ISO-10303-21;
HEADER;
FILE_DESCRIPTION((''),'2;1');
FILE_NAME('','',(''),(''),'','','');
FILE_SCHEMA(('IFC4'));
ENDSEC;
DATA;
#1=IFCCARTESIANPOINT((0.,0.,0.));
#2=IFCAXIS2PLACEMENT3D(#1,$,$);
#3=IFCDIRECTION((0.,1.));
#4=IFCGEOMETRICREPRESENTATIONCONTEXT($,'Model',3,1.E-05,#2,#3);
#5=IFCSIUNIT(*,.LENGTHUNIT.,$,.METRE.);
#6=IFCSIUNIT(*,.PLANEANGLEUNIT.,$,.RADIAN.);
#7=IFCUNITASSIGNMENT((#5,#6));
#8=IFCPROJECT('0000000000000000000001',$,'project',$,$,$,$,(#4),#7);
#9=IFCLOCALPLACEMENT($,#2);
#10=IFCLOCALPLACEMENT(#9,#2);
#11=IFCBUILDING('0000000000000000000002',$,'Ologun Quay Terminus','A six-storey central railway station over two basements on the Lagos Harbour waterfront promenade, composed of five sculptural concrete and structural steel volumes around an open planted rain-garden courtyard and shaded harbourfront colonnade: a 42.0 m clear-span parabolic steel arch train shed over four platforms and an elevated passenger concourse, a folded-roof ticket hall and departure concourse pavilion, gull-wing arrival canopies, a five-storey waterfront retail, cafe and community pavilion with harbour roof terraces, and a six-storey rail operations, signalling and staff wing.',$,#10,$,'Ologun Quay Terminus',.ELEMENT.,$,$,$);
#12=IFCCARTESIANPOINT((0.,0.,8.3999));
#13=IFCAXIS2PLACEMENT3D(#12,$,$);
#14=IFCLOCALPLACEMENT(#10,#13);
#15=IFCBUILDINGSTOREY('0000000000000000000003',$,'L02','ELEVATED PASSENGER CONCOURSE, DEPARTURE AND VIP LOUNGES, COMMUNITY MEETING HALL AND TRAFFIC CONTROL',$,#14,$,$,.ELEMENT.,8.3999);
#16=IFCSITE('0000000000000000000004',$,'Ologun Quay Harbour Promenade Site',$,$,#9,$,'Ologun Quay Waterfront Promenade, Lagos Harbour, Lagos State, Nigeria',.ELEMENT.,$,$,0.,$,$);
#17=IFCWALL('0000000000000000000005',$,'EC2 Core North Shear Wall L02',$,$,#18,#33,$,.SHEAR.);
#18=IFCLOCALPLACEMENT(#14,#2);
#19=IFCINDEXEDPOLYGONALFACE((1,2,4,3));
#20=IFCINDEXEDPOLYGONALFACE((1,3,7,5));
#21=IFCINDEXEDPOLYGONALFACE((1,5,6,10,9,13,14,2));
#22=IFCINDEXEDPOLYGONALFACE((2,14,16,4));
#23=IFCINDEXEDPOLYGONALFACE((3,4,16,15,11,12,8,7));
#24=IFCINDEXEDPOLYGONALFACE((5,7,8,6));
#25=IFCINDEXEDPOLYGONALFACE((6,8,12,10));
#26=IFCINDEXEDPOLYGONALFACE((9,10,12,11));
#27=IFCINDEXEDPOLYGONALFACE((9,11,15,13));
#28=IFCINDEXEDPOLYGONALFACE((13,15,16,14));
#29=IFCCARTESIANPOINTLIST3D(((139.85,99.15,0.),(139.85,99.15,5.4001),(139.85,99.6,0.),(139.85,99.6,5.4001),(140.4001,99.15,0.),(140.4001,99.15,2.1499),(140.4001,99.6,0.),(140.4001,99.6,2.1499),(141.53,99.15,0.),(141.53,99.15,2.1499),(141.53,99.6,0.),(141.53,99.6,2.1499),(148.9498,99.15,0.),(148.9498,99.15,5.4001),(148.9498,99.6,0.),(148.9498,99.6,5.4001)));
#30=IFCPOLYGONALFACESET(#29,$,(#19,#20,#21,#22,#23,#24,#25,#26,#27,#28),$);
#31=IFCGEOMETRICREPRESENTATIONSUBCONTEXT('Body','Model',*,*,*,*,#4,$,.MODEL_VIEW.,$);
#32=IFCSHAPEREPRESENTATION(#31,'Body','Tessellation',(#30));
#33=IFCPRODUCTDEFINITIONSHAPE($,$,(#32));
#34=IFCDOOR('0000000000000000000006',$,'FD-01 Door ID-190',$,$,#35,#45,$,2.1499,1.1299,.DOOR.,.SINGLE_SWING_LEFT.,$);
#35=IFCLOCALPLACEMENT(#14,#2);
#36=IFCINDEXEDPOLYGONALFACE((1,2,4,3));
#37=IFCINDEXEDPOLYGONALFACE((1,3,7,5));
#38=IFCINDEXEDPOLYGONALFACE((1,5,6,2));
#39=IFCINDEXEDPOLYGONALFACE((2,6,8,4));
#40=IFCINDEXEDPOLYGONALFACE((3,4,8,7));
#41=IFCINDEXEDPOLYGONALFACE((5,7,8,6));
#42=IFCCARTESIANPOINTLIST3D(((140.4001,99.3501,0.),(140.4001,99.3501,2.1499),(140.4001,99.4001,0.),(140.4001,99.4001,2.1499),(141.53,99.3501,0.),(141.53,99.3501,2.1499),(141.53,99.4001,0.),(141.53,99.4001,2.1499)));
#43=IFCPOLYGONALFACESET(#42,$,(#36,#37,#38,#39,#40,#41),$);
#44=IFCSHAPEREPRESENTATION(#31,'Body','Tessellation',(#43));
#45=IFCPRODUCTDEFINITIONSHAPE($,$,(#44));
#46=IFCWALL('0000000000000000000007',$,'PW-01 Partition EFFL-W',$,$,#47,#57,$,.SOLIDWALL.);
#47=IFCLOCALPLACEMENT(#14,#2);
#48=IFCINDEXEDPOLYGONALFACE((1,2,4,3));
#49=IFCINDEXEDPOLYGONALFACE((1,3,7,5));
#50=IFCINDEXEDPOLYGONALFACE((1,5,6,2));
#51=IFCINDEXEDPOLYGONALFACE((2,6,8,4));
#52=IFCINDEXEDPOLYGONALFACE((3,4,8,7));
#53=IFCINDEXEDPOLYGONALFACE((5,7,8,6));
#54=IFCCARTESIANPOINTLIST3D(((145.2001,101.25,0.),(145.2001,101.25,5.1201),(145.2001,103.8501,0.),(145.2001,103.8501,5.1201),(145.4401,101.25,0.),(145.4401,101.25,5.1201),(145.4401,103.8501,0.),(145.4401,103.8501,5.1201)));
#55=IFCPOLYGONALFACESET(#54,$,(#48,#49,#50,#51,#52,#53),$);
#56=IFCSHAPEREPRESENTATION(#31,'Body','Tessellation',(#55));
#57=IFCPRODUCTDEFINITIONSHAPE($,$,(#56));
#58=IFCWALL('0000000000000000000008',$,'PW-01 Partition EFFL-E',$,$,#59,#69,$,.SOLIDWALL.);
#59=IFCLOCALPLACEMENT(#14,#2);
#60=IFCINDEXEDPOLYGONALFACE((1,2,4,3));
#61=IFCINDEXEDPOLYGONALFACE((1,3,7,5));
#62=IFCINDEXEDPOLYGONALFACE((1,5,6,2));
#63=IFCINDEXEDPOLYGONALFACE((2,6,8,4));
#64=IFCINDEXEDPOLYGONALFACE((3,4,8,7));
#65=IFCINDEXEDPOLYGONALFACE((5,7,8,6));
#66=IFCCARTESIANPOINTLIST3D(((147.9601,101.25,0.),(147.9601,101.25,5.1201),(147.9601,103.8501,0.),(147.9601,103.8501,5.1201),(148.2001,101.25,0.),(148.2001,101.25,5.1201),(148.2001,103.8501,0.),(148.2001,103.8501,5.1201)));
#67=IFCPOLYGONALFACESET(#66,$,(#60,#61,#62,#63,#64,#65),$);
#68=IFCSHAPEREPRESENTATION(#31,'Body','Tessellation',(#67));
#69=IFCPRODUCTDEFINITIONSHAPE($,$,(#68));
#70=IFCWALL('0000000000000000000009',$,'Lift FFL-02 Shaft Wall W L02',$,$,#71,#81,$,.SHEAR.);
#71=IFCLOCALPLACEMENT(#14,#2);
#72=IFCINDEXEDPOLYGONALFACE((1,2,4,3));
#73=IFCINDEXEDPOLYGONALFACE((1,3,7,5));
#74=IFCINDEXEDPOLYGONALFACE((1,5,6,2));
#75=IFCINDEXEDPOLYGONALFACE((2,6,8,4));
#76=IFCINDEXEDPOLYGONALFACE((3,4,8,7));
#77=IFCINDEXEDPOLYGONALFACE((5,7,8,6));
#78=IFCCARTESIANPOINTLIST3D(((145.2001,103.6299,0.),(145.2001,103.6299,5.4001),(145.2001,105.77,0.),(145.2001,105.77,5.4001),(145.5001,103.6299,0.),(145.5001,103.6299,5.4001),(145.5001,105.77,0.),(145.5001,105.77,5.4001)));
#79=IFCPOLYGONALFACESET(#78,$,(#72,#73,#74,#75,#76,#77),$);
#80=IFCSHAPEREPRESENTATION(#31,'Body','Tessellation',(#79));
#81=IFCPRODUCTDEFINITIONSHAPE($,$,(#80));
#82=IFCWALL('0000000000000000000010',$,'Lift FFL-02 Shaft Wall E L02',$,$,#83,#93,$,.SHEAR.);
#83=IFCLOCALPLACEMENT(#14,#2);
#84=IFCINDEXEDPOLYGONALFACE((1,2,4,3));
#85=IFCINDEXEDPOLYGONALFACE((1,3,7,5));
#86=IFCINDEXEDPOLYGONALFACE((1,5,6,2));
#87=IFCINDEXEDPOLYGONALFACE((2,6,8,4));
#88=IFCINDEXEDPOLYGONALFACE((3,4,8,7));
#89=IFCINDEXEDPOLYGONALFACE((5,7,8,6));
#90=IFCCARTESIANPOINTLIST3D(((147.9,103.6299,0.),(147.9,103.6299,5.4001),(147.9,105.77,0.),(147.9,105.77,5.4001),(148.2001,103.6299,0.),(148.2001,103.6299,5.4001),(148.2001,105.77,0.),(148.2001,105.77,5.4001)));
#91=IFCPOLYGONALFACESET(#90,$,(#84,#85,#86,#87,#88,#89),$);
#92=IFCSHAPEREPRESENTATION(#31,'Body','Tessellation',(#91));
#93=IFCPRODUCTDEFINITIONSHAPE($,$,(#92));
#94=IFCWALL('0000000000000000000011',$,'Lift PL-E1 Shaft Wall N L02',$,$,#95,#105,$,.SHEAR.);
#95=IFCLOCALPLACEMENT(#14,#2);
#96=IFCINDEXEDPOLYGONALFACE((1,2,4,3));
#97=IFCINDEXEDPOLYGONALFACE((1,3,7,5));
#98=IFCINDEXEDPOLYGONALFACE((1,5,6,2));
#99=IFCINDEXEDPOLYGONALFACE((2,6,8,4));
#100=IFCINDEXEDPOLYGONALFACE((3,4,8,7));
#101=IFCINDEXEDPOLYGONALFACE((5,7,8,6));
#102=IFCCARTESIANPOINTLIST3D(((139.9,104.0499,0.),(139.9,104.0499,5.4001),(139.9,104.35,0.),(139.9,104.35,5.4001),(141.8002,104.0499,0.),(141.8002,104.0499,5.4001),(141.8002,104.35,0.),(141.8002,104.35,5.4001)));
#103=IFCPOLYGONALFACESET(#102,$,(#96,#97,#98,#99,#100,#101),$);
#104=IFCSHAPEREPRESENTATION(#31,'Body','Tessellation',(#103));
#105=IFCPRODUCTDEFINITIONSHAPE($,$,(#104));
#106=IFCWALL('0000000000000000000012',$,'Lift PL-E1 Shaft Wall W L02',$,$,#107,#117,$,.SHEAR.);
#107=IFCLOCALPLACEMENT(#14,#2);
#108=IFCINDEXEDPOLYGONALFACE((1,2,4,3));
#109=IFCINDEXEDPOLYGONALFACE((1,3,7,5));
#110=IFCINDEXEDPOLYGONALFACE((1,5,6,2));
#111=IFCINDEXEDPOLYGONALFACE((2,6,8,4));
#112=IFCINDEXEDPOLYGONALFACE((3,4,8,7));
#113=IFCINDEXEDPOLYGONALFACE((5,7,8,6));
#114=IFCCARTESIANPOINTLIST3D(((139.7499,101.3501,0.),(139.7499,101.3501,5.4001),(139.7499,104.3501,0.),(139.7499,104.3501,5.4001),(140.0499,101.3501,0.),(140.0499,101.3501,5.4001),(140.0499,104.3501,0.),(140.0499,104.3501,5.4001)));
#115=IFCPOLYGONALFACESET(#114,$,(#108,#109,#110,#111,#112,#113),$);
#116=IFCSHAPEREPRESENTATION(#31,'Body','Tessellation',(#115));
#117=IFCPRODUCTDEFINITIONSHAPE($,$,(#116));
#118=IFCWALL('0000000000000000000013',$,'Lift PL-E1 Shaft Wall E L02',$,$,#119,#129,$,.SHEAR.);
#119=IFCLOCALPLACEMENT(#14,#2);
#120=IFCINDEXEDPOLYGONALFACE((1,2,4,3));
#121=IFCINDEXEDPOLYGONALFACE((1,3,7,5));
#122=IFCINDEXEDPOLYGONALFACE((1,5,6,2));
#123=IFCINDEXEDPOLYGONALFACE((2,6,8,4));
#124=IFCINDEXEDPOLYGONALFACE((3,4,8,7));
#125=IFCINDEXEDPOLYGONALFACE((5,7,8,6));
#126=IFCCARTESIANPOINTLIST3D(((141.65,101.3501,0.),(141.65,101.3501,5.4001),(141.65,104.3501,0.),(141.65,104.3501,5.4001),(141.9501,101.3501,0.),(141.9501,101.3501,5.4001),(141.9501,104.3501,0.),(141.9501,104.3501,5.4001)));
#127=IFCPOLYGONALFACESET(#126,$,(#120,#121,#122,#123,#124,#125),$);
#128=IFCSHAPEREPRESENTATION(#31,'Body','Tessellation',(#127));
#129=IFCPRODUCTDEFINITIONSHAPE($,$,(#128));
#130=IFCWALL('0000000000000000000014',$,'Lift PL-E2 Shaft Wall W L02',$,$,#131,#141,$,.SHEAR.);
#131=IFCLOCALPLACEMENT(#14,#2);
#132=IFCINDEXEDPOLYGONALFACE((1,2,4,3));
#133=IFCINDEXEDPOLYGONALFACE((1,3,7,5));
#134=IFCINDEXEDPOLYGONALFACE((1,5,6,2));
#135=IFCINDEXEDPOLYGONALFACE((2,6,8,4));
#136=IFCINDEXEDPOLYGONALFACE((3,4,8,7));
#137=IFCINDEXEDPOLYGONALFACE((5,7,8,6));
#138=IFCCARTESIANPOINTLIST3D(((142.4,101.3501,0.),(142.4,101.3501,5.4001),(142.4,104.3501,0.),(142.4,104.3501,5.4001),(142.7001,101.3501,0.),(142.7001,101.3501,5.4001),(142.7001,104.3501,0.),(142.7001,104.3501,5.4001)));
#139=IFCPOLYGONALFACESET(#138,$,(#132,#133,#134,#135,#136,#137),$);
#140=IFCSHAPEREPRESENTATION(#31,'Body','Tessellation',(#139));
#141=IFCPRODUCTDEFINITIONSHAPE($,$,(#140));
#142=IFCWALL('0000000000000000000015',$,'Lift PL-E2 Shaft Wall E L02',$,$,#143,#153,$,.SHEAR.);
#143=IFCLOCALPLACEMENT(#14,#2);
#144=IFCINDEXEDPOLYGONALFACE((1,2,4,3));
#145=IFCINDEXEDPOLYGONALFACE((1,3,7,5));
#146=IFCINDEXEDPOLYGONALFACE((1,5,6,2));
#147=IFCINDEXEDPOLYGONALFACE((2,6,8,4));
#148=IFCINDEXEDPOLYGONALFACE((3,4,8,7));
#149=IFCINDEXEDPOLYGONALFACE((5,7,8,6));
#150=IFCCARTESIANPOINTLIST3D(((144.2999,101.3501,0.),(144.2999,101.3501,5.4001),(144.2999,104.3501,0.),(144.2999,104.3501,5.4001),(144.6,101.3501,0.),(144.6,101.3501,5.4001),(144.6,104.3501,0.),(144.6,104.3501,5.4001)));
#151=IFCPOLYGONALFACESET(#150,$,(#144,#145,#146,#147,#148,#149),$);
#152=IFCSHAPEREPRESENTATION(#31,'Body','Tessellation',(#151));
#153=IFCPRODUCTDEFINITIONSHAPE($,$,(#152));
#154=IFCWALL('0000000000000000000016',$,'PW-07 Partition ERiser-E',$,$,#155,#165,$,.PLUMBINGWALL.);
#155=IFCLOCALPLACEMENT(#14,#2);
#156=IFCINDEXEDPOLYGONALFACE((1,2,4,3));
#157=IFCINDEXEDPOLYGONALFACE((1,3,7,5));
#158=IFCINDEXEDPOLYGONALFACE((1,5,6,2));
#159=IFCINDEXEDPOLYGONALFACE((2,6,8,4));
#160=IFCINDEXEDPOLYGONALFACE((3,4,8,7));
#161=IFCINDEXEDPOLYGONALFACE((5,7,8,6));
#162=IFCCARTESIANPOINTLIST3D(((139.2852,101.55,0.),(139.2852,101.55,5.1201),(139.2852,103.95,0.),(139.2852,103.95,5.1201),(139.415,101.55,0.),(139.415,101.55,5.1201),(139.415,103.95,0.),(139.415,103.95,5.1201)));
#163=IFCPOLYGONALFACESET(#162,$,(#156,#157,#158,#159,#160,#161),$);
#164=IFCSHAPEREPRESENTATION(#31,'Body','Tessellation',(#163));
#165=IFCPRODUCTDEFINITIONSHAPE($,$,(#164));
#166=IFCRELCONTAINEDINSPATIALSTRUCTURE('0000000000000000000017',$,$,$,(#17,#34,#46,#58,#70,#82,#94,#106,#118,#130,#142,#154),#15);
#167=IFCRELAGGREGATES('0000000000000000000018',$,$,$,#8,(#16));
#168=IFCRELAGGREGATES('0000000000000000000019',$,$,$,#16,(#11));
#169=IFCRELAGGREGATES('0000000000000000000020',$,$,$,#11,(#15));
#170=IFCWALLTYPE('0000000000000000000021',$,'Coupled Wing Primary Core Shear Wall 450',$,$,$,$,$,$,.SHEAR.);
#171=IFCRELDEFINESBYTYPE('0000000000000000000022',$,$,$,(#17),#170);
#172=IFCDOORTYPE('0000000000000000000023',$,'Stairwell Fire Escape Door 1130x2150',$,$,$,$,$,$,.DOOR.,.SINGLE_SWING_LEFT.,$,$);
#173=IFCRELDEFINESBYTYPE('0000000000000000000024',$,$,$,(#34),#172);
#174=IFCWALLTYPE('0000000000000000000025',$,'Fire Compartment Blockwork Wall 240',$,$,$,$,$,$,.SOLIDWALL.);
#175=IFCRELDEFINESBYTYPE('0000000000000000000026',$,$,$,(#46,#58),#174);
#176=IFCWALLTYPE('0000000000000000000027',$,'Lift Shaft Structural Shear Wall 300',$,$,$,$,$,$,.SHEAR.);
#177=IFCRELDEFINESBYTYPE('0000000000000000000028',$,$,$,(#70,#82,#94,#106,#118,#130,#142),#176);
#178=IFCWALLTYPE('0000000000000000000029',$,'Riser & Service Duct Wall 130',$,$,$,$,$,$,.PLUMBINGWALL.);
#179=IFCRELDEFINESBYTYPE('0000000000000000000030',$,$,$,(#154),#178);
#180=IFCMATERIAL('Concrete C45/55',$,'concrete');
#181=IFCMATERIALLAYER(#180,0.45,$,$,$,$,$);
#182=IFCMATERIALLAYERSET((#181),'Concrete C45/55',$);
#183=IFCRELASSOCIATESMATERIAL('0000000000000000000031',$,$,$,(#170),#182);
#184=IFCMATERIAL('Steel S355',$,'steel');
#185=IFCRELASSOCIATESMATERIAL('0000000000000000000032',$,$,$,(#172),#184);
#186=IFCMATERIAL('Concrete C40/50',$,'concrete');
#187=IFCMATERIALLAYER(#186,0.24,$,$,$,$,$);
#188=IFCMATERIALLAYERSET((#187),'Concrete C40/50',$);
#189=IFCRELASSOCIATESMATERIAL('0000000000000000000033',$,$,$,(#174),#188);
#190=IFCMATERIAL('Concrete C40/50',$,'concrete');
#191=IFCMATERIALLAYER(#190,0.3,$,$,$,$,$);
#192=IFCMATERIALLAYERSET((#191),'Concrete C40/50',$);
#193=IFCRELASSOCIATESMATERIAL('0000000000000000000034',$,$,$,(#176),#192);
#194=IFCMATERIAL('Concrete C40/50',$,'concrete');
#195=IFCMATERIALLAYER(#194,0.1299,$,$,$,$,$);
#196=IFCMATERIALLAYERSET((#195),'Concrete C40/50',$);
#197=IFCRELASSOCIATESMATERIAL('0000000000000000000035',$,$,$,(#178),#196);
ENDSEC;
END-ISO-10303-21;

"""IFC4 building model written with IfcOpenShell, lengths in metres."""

from ifc_helpers import new_model, si_unit, direction, frame, frame_2d, origin, place, context, subcontext, project, spatial, rectangle, extrude, material, layer, layer_set, type_object, element, fill, save


model = new_model("IFC4")

# Units and contexts
model_context = context("Model", 3, precision=1e-05, world=origin(), true_north=direction((0.0, 1.0)))
body_context = subcontext(model_context, "Body", "Model", "MODEL_VIEW")
ifc_project = project(units=[si_unit("LENGTHUNIT", "METRE"), si_unit("PLANEANGLEUNIT", "RADIAN")], contexts=[model_context])

# Site, building, storey
site_placement = place(None, origin())
site = spatial("IfcSite", under=ifc_project, at=site_placement, Name="Ologun Quay Harbour Promenade Site", LongName="Ologun Quay Waterfront Promenade, Lagos Harbour, Lagos State, Nigeria", CompositionType="ELEMENT", RefElevation=0.0)
building_placement = place(site_placement, origin())
building = spatial("IfcBuilding", under=site, at=building_placement, Name="Ologun Quay Terminus", Description="A six-storey central railway station over two basements on the Lagos Harbour waterfront promenade, composed of five sculptural concrete and structural steel volumes around an open planted rain-garden courtyard and shaded harbourfront colonnade: a 42.0 m clear-span parabolic steel arch train shed over four platforms and an elevated passenger concourse, a folded-roof ticket hall and departure concourse pavilion, gull-wing arrival canopies, a five-storey waterfront retail, cafe and community pavilion with harbour roof terraces, and a six-storey rail operations, signalling and staff wing.", LongName="Ologun Quay Terminus", CompositionType="ELEMENT")
storey_placement = place(building_placement, frame((0.0, 0.0, 8.3999)))
storey = spatial("IfcBuildingStorey", under=building, at=storey_placement, Name="L02", Description="ELEVATED PASSENGER CONCOURSE, DEPARTURE AND VIP LOUNGES, COMMUNITY MEETING HALL AND TRAFFIC CONTROL", CompositionType="ELEMENT", Elevation=8.3999)

# Wall, opening, door
ifc_material_1 = material(Name="Concrete C45/55", Category="concrete")
ifc_layer_1 = layer(ifc_material_1, 0.45)
ifc_layer_set_1 = layer_set([ifc_layer_1], Name="Concrete C45/55")
wall_type_1 = type_object("IfcWallType", Name="Coupled Wing Primary Core Shear Wall 450", PredefinedType="SHEAR", material=ifc_layer_set_1)
wall_1_placement = place(storey_placement, frame((139.8501, 99.375, 0.0), z_axis=(0.0, 0.0, 1.0), x_axis=(1.0, 0.0, 0.0)))
wall_1 = element("IfcWall", 1, at=wall_1_placement, inside=storey, type_object=wall_type_1, Name="EC2 Core North Shear Wall L02", PredefinedType="SHEAR", context=body_context, shape_type="SweptSolid", body=[
    extrude(rectangle(XDim=9.0999, YDim=0.45, at=frame_2d((4.5498, 0.0))), origin(), (0.0, 0.0, 1.0), 5.4001),
])
opening_1_placement = place(wall_1_placement, frame((0.55, 0.0, 0.0)))
opening_1 = element("IfcOpeningElement", 2, at=opening_1_placement, cuts=wall_1, PredefinedType="OPENING", context=body_context, shape_type="SweptSolid", body=[
    extrude(rectangle(XDim=1.1299, YDim=2.1499, at=frame_2d((0.5649, 1.075))), frame((0.0, 0.2349, 0.0), z_axis=(0.0, -1.0, 0.0), x_axis=(1.0, 0.0, 0.0)), (0.0, 0.0, 1.0), 0.47),
])
ifc_material_2 = material(Name="Steel S355", Category="steel")
door_type_1 = type_object("IfcDoorType", Name="Stairwell Fire Escape Door 1130x2150", OperationType="SINGLE_SWING_LEFT", PredefinedType="DOOR", material=ifc_material_2)
door_1_placement = place(opening_1_placement, frame((0.5649, 0.0, 0.0), z_axis=(0.0, 0.0, 1.0), x_axis=(-1.0, 0.0, 0.0)))
door_1 = element("IfcDoor", 3, at=door_1_placement, inside=storey, type_object=door_type_1, Name="FD-01 Door ID-190", OperationType="SINGLE_SWING_LEFT", OverallHeight=2.1499, OverallWidth=1.1299, PredefinedType="DOOR", context=body_context, shape_type="SweptSolid", body=[
    extrude(rectangle(XDim=1.1299, YDim=2.1499, at=frame_2d((0.0, 1.075))), frame((0.0, 0.0249, 0.0), z_axis=(0.0, -1.0, 0.0), x_axis=(1.0, 0.0, 0.0)), (0.0, 0.0, 1.0), 0.05),
])
fill(opening_1, door_1)
ifc_material_3 = material(Name="Concrete C40/50", Category="concrete")
ifc_layer_2 = layer(ifc_material_3, 0.24)
ifc_layer_set_2 = layer_set([ifc_layer_2], Name="Concrete C40/50")
wall_type_2 = type_object("IfcWallType", Name="Fire Compartment Blockwork Wall 240", PredefinedType="SOLIDWALL", material=ifc_layer_set_2)

# Walls
for number, where, z_axis, x_axis, name in (
    (4, (145.3201, 101.25, 0.0), (0.0, 0.0, 1.0), (0.0, 1.0, 0.0), "PW-01 Partition EFFL-W"),
    (5, (148.0801, 101.25, 0.0), (0.0, 0.0, 1.0), (0.0, 1.0, 0.0), "PW-01 Partition EFFL-E"),
):
    element("IfcWall", number, at=place(storey_placement, frame(where, z_axis=z_axis, x_axis=x_axis)), inside=storey, type_object=wall_type_2, Name=name, PredefinedType="SOLIDWALL", context=body_context, shape_type="SweptSolid", body=[
        extrude(rectangle(XDim=2.6001, YDim=0.24, at=frame_2d((1.3, 0.0))), origin(), (0.0, 0.0, 1.0), 5.1201),
    ])

# Shared definitions
ifc_material_4 = material(Name="Concrete C40/50", Category="concrete")
ifc_layer_3 = layer(ifc_material_4, 0.3)
ifc_layer_set_3 = layer_set([ifc_layer_3], Name="Concrete C40/50")
wall_type_3 = type_object("IfcWallType", Name="Lift Shaft Structural Shear Wall 300", PredefinedType="SHEAR", material=ifc_layer_set_3)

# Walls
for number, where, z_axis, x_axis, name in (
    (6, (145.3501, 103.6299, 0.0), (0.0, 0.0, 1.0), (0.0, 1.0, 0.0), "Lift FFL-02 Shaft Wall W L02"),
    (7, (148.05, 103.6299, 0.0), (0.0, 0.0, 1.0), (0.0, 1.0, 0.0), "Lift FFL-02 Shaft Wall E L02"),
):
    element("IfcWall", number, at=place(storey_placement, frame(where, z_axis=z_axis, x_axis=x_axis)), inside=storey, type_object=wall_type_3, Name=name, PredefinedType="SHEAR", context=body_context, shape_type="SweptSolid", body=[
        extrude(rectangle(XDim=2.1401, YDim=0.3, at=frame_2d((1.0701, 0.0))), origin(), (0.0, 0.0, 1.0), 5.4001),
    ])

# Walls
wall_2_placement = place(storey_placement, frame((139.8999, 104.2, 0.0), z_axis=(0.0, 0.0, 1.0), x_axis=(1.0, 0.0, 0.0)))
element("IfcWall", 8, at=wall_2_placement, inside=storey, type_object=wall_type_3, Name="Lift PL-E1 Shaft Wall N L02", PredefinedType="SHEAR", context=body_context, shape_type="SweptSolid", body=[
    extrude(rectangle(XDim=1.9001, YDim=0.3, at=frame_2d((0.9502, 0.0))), origin(), (0.0, 0.0, 1.0), 5.4001),
])
for number, where, z_axis, x_axis, name in (
    (9, (139.8999, 101.3501, 0.0), (0.0, 0.0, 1.0), (0.0, 1.0, 0.0), "Lift PL-E1 Shaft Wall W L02"),
    (10, (141.8, 101.3501, 0.0), (0.0, 0.0, 1.0), (0.0, 1.0, 0.0), "Lift PL-E1 Shaft Wall E L02"),
):
    element("IfcWall", number, at=place(storey_placement, frame(where, z_axis=z_axis, x_axis=x_axis)), inside=storey, type_object=wall_type_3, Name=name, PredefinedType="SHEAR", context=body_context, shape_type="SweptSolid", body=[
        extrude(rectangle(XDim=3.0, YDim=0.3, at=frame_2d((1.5, 0.0))), origin(), (0.0, 0.0, 1.0), 5.4001),
    ])

# Walls
for number, where, z_axis, x_axis, name in (
    (11, (142.55, 101.3501, 0.0), (0.0, 0.0, 1.0), (0.0, 1.0, 0.0), "Lift PL-E2 Shaft Wall W L02"),
    (12, (144.45, 101.3501, 0.0), (0.0, 0.0, 1.0), (0.0, 1.0, 0.0), "Lift PL-E2 Shaft Wall E L02"),
):
    element("IfcWall", number, at=place(storey_placement, frame(where, z_axis=z_axis, x_axis=x_axis)), inside=storey, type_object=wall_type_3, Name=name, PredefinedType="SHEAR", context=body_context, shape_type="SweptSolid", body=[
        extrude(rectangle(XDim=3.0, YDim=0.3, at=frame_2d((1.5, 0.0))), origin(), (0.0, 0.0, 1.0), 5.4001),
    ])
ifc_material_5 = material(Name="Concrete C40/50", Category="concrete")
ifc_layer_4 = layer(ifc_material_5, 0.1299)
ifc_layer_set_4 = layer_set([ifc_layer_4], Name="Concrete C40/50")
wall_type_4 = type_object("IfcWallType", Name="Riser & Service Duct Wall 130", PredefinedType="PLUMBINGWALL", material=ifc_layer_set_4)
wall_3_placement = place(storey_placement, frame((139.3501, 101.55, 0.0), z_axis=(0.0, 0.0, 1.0), x_axis=(0.0, 1.0, 0.0)))
element("IfcWall", 13, at=wall_3_placement, inside=storey, type_object=wall_type_4, Name="PW-07 Partition ERiser-E", PredefinedType="PLUMBINGWALL", context=body_context, shape_type="SweptSolid", body=[
    extrude(rectangle(XDim=2.3999, YDim=0.1299, at=frame_2d((1.2, 0.0))), origin(), (0.0, 0.0, 1.0), 5.1201),
])

save(model, "model.ifc")
